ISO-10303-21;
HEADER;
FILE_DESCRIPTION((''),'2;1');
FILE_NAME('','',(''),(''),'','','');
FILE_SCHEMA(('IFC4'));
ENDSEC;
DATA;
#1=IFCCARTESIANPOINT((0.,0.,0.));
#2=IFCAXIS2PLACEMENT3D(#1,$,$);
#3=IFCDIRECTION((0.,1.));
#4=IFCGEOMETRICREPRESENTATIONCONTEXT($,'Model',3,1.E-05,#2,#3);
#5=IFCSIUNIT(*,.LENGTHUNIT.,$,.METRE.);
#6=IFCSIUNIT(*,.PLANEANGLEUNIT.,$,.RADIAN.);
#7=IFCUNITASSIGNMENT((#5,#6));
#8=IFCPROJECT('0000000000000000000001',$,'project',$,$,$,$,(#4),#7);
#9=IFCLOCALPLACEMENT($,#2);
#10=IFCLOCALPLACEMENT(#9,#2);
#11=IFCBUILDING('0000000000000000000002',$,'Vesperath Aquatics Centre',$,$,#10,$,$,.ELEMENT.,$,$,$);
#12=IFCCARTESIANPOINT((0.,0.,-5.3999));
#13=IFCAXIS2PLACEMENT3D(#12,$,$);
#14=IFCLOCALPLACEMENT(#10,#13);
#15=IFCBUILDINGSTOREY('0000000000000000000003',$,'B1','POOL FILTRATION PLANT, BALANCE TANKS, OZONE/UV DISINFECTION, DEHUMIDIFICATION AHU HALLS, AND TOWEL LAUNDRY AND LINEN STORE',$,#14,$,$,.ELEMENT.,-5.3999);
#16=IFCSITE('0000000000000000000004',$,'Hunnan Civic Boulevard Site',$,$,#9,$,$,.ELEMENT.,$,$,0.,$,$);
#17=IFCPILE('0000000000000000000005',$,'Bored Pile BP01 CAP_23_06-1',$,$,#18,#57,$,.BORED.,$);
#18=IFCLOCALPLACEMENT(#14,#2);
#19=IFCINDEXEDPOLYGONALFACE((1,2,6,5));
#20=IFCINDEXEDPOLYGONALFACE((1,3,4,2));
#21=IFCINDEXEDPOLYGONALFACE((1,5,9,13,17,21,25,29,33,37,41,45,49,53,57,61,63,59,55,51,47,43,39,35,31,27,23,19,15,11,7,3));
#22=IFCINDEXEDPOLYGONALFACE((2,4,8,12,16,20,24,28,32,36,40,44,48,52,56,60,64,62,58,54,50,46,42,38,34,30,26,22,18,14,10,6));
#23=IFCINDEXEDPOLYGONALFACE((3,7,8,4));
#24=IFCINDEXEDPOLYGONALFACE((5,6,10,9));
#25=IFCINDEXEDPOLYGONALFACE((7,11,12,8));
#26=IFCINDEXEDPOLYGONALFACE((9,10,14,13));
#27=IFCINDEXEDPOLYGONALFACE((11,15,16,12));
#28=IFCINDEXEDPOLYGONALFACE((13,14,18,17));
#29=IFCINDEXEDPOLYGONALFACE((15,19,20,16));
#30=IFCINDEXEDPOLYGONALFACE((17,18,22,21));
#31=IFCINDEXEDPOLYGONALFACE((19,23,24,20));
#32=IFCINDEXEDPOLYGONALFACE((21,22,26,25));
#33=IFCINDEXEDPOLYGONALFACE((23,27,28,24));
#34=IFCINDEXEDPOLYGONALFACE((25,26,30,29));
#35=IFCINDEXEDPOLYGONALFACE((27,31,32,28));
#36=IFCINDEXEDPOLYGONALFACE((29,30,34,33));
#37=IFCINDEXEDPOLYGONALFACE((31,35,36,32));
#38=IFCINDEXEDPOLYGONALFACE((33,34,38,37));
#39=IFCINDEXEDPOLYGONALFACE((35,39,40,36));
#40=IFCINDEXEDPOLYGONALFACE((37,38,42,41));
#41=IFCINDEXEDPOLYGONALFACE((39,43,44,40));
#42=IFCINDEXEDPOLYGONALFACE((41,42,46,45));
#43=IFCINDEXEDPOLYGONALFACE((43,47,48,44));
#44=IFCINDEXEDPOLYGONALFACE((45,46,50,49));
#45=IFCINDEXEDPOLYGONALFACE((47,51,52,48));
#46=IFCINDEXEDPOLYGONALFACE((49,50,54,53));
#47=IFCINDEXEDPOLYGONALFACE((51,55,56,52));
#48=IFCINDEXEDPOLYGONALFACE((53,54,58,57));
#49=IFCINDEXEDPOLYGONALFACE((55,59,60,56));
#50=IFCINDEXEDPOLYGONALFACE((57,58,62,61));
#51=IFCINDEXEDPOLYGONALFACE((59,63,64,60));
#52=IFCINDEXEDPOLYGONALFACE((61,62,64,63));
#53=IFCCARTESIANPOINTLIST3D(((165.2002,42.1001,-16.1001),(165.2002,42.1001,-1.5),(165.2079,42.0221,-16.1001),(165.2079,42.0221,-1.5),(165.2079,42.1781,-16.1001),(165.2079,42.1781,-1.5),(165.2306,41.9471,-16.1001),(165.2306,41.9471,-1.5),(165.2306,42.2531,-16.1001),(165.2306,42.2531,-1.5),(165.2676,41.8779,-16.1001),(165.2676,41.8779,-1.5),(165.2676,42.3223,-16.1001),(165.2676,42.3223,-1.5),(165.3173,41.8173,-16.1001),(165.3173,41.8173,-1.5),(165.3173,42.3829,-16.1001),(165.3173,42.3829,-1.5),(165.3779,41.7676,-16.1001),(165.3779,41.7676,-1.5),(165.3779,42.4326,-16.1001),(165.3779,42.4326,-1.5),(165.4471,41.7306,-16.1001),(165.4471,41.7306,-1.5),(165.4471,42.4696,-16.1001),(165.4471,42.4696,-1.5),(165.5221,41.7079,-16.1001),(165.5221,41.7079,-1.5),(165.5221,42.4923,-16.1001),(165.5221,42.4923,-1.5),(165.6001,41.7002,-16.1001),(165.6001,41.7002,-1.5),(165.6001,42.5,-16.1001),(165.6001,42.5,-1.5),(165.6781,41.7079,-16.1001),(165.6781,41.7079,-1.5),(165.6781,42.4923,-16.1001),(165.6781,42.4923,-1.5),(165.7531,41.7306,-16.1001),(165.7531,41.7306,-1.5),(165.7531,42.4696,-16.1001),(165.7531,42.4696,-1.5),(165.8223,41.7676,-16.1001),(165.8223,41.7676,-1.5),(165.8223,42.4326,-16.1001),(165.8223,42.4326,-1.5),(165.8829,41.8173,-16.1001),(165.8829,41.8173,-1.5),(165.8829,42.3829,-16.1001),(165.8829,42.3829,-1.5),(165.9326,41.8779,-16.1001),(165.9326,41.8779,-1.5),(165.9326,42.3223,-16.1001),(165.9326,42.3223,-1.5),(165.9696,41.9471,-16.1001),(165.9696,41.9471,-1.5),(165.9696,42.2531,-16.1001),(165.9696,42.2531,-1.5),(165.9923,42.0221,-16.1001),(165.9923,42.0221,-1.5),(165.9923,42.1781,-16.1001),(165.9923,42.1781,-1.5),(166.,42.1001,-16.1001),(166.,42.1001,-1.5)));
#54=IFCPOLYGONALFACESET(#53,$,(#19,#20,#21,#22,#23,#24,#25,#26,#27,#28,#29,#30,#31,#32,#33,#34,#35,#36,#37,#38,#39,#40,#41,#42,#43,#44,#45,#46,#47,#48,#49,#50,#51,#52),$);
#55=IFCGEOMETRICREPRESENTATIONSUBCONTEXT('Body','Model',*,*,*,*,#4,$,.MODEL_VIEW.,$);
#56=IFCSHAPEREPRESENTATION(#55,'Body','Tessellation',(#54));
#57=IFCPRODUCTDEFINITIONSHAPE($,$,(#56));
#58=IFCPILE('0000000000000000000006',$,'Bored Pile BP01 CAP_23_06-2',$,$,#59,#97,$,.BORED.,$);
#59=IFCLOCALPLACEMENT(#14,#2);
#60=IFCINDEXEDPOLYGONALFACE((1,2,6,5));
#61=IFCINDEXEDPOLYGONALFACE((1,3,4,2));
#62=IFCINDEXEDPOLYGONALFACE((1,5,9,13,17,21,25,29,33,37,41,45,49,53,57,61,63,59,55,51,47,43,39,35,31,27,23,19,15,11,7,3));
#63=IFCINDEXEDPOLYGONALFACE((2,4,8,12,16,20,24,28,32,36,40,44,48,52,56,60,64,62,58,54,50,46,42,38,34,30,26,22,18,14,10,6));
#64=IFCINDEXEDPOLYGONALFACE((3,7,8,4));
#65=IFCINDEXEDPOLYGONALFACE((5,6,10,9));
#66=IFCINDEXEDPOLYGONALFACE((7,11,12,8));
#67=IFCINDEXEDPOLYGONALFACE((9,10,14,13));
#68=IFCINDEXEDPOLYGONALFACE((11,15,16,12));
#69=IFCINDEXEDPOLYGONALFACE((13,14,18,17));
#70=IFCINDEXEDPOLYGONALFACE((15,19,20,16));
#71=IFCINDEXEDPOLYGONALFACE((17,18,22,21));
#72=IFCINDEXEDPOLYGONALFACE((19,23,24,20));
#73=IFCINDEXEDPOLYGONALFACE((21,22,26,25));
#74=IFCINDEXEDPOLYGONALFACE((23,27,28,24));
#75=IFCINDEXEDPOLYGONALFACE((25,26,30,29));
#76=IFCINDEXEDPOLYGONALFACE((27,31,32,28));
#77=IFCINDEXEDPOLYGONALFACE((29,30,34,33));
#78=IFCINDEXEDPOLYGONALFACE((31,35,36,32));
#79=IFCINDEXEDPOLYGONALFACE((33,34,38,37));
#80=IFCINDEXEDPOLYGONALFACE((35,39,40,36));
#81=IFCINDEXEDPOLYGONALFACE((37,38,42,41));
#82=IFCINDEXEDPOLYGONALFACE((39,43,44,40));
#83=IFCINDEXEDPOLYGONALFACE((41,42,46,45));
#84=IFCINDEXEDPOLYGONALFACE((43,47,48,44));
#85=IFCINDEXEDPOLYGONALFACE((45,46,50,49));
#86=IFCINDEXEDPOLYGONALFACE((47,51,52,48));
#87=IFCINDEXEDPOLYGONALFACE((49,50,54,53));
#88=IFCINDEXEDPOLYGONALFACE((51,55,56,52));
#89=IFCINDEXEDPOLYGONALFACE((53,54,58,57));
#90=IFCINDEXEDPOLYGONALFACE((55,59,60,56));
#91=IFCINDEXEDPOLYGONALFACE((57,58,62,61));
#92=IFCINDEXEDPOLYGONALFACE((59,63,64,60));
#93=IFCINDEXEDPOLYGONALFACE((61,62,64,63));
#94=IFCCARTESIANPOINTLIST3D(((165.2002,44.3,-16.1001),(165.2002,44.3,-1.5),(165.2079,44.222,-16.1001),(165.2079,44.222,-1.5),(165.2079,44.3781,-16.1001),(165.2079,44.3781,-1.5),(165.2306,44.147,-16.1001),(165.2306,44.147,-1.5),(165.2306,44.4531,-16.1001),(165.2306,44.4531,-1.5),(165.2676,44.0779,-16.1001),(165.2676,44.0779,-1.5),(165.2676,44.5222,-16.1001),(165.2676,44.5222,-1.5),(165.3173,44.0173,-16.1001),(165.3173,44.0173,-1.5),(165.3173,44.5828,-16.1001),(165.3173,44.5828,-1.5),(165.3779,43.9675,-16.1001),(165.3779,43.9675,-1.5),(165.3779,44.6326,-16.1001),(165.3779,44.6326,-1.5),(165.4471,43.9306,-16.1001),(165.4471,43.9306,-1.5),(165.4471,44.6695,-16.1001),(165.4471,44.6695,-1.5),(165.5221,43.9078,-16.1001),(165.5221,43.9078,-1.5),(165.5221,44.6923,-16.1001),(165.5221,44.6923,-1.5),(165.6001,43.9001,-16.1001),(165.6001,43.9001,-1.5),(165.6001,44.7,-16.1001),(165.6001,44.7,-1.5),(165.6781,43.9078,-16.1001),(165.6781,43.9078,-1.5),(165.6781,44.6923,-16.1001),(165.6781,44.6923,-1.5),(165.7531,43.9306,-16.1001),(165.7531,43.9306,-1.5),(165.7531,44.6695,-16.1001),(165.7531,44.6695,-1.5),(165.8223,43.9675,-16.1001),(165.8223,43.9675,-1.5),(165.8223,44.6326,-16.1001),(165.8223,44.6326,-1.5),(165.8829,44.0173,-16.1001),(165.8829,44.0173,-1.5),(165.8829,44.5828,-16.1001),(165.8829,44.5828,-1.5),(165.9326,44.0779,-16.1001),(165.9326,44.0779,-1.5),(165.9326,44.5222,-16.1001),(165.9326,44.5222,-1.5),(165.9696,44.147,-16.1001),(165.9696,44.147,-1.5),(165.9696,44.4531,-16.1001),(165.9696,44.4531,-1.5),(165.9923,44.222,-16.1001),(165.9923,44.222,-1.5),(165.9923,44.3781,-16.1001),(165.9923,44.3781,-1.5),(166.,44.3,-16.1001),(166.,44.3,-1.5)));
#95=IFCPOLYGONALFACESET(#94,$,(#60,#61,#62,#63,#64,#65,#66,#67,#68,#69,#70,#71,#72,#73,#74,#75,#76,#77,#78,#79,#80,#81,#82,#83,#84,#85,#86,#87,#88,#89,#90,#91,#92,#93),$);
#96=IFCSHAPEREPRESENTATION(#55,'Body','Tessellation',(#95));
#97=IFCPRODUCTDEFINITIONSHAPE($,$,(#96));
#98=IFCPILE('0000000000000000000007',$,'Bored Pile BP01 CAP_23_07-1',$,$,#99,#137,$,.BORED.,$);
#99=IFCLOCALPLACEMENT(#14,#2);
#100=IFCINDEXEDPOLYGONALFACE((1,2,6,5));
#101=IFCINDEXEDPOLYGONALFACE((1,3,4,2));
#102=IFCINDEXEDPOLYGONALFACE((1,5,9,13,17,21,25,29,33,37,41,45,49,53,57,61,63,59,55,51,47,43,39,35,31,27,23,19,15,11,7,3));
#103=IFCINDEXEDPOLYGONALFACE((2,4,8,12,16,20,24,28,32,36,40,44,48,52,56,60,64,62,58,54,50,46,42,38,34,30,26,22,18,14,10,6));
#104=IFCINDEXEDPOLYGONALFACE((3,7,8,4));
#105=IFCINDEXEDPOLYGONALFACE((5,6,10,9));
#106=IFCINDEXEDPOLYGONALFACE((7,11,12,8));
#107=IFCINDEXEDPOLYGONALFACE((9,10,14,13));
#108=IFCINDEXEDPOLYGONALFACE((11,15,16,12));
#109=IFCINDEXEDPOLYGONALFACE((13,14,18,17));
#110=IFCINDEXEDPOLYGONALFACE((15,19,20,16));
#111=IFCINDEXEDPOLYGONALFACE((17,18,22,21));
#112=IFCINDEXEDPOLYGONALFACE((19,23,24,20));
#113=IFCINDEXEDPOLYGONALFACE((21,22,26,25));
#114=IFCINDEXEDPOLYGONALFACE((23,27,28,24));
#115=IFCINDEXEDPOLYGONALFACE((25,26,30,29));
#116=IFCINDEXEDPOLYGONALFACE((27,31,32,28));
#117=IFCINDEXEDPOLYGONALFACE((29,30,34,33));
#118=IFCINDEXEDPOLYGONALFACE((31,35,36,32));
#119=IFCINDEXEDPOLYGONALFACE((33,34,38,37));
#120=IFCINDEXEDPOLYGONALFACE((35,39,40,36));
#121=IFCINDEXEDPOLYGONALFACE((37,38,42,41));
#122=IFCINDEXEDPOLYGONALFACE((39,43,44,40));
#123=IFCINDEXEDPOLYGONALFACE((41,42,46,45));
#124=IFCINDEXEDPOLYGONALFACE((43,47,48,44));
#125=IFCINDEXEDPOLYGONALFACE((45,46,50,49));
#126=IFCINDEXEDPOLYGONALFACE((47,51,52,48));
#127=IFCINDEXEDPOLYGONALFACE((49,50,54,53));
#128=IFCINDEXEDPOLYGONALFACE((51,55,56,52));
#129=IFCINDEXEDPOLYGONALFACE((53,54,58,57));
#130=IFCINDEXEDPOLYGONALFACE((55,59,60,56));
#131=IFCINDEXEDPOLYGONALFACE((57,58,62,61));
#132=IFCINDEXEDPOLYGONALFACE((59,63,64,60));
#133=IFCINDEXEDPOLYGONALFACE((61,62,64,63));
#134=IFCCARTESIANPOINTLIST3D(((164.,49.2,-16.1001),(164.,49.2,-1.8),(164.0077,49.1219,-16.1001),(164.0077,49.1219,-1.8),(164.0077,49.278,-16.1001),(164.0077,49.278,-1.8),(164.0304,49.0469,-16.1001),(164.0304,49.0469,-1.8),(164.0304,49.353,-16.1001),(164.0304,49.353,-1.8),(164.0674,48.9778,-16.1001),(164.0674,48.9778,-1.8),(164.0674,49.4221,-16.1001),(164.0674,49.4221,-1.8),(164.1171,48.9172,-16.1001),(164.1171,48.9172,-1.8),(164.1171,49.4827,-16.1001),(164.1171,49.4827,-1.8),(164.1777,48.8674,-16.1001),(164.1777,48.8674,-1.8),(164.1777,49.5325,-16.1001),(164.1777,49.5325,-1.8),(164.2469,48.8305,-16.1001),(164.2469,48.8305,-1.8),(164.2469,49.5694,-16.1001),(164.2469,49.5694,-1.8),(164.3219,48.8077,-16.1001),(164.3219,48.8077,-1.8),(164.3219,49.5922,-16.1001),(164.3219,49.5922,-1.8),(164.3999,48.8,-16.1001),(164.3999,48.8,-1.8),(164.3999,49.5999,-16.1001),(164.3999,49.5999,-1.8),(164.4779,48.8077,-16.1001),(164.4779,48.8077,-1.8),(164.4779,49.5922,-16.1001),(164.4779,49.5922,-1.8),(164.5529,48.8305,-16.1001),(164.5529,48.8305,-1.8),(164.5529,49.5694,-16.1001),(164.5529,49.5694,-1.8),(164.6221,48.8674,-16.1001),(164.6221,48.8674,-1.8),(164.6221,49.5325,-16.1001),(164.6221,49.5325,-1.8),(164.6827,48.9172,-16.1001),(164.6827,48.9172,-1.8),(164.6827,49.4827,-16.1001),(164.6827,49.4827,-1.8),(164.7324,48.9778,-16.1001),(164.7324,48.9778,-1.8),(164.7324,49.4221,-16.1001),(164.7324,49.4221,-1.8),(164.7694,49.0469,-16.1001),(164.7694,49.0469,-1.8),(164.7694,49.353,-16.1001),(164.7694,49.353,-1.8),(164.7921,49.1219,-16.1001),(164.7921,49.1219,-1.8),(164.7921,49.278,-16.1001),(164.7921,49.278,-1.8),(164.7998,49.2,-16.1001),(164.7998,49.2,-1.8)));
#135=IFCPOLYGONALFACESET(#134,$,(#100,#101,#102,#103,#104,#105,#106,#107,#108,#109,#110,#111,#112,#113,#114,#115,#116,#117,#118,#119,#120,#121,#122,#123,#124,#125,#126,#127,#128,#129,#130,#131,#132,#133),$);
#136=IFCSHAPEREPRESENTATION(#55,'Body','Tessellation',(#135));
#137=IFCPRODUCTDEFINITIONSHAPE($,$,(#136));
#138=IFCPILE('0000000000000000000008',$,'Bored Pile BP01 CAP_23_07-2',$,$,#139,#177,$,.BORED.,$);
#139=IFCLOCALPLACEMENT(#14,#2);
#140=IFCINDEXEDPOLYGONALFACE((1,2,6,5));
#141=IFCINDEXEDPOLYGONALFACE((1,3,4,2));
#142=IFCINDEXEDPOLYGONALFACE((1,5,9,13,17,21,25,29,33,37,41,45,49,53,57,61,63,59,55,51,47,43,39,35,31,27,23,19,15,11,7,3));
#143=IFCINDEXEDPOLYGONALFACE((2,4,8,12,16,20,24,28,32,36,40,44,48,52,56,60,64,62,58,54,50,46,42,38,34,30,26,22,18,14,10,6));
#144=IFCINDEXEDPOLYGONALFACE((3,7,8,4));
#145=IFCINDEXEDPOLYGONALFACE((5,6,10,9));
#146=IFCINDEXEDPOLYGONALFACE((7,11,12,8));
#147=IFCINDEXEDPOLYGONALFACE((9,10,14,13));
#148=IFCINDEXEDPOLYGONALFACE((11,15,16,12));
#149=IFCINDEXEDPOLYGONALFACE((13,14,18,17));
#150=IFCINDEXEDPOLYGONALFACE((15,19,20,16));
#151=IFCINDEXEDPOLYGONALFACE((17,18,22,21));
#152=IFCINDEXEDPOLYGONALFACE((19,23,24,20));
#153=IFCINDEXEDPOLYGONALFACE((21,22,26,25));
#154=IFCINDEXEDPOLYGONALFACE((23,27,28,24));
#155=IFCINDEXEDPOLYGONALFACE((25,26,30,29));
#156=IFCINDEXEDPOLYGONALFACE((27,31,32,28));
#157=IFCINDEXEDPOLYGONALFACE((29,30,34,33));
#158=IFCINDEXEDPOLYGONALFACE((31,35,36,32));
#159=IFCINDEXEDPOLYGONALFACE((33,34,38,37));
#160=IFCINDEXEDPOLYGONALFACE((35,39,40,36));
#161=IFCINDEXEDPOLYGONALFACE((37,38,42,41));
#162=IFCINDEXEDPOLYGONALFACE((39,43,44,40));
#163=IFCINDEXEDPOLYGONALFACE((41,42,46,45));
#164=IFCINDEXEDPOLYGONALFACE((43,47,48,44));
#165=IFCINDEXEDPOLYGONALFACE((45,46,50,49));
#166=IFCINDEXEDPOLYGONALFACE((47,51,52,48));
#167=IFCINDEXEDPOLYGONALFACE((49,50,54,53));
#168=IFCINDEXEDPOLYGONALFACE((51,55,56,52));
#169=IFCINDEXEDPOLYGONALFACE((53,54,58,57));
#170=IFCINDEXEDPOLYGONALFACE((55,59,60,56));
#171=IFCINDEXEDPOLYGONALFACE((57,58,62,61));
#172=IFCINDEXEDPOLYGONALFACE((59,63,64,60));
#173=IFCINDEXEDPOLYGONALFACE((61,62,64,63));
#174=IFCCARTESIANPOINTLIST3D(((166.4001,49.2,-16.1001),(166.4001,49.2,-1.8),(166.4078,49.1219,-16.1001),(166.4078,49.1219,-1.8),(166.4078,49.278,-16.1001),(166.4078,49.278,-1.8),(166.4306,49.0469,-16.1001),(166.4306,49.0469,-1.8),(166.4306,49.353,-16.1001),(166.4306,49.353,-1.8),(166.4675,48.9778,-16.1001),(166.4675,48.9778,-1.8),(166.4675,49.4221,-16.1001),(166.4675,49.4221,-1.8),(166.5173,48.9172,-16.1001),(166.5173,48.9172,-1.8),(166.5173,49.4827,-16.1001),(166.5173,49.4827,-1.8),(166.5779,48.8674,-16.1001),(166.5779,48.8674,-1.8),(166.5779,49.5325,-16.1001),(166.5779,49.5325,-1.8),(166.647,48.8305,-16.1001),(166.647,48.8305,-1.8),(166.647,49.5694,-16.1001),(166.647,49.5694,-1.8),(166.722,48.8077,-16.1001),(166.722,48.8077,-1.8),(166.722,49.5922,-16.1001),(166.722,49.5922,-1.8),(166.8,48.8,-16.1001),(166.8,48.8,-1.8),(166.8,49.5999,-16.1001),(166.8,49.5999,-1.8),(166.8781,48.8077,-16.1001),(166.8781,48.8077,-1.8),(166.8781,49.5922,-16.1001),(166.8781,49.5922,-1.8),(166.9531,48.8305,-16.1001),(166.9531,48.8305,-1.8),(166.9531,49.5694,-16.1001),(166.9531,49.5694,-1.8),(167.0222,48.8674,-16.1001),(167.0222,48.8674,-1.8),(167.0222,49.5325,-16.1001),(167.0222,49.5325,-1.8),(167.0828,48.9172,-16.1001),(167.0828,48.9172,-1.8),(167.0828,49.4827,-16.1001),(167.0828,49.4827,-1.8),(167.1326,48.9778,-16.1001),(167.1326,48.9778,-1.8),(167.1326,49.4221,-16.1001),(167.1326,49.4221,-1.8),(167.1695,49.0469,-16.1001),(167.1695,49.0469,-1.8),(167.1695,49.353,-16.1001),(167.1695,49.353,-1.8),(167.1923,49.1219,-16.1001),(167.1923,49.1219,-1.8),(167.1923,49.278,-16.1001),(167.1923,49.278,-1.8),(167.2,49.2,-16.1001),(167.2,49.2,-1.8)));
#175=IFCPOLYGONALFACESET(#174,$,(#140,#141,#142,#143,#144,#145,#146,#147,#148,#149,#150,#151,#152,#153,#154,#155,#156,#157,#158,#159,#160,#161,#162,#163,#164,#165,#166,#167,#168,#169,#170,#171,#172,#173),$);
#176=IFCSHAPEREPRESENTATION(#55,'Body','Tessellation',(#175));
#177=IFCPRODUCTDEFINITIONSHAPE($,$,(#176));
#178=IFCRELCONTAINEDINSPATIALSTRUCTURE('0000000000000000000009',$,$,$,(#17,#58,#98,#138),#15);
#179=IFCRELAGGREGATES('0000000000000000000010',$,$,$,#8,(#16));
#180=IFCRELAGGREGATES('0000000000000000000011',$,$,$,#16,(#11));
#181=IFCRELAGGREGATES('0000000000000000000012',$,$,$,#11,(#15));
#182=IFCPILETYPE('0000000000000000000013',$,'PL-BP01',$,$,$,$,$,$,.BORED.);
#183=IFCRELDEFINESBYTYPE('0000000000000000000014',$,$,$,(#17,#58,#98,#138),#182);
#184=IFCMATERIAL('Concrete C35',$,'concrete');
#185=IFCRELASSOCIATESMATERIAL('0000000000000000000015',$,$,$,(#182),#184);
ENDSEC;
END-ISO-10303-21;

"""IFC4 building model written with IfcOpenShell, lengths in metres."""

from ifc_helpers import new_model, si_unit, direction, frame, origin, origin_2d, place, context, subcontext, project, spatial, circle, extrude, material, material_profile, profile_set, type_object, element, save


model = new_model("IFC4")

# Units and contexts
model_context = context("Model", 3, precision=1e-05, world=origin(), true_north=direction((0.0, 1.0)))
body_context = subcontext(model_context, "Body", "Model", "MODEL_VIEW")
ifc_project = project(units=[si_unit("LENGTHUNIT", "METRE"), si_unit("PLANEANGLEUNIT", "RADIAN")], contexts=[model_context])

# Site, building, storey
site_placement = place(None, origin())
site = spatial("IfcSite", under=ifc_project, at=site_placement, Name="Hunnan Civic Boulevard Site", CompositionType="ELEMENT", RefElevation=0.0)
building_placement = place(site_placement, origin())
building = spatial("IfcBuilding", under=site, at=building_placement, Name="Vesperath Aquatics Centre", CompositionType="ELEMENT")
storey_placement = place(building_placement, frame((0.0, 0.0, -5.3999)))
storey = spatial("IfcBuildingStorey", under=building, at=storey_placement, Name="B1", Description="POOL FILTRATION PLANT, BALANCE TANKS, OZONE/UV DISINFECTION, DEHUMIDIFICATION AHU HALLS, AND TOWEL LAUNDRY AND LINEN STORE", CompositionType="ELEMENT", Elevation=-5.3999)

# Piles
ifc_material_1 = material(Name="Concrete C35", Category="concrete")
ifc_material_profile_1 = material_profile(ifc_material_1, circle(Radius=0.3999, at=origin_2d()), Name="PILE D800")
ifc_profile_set_1 = profile_set([ifc_material_profile_1], Name="Concrete C35")
pile_type = type_object("IfcPileType", Name="PL-BP01", PredefinedType="BORED", material=ifc_profile_set_1)
for number, where, z_axis, x_axis, name in (
    (1, (165.6001, 42.1001, -1.5), (0.0, 0.0, -1.0), (1.0, 0.0, 0.0), "Bored Pile BP01 CAP_23_06-1"),
    (2, (165.6001, 44.3, -1.5), (0.0, 0.0, -1.0), (1.0, 0.0, 0.0), "Bored Pile BP01 CAP_23_06-2"),
):
    element("IfcPile", number, at=place(storey_placement, frame(where, z_axis=z_axis, x_axis=x_axis)), inside=storey, type_object=pile_type, Name=name, PredefinedType="BORED", context=body_context, shape_type="SweptSolid", body=[
        extrude(circle(Radius=0.3999, at=origin_2d()), origin(), (0.0, 0.0, 1.0), 14.6001),
    ])
for number, where, z_axis, x_axis, name in (
    (3, (164.3999, 49.2, -1.8), (0.0, 0.0, -1.0), (1.0, 0.0, 0.0), "Bored Pile BP01 CAP_23_07-1"),
    (4, (166.8, 49.2, -1.8), (0.0, 0.0, -1.0), (1.0, 0.0, 0.0), "Bored Pile BP01 CAP_23_07-2"),
):
    element("IfcPile", number, at=place(storey_placement, frame(where, z_axis=z_axis, x_axis=x_axis)), inside=storey, type_object=pile_type, Name=name, PredefinedType="BORED", context=body_context, shape_type="SweptSolid", body=[
        extrude(circle(Radius=0.3999, at=origin_2d()), origin(), (0.0, 0.0, 1.0), 14.3),
    ])

save(model, "model.ifc")
